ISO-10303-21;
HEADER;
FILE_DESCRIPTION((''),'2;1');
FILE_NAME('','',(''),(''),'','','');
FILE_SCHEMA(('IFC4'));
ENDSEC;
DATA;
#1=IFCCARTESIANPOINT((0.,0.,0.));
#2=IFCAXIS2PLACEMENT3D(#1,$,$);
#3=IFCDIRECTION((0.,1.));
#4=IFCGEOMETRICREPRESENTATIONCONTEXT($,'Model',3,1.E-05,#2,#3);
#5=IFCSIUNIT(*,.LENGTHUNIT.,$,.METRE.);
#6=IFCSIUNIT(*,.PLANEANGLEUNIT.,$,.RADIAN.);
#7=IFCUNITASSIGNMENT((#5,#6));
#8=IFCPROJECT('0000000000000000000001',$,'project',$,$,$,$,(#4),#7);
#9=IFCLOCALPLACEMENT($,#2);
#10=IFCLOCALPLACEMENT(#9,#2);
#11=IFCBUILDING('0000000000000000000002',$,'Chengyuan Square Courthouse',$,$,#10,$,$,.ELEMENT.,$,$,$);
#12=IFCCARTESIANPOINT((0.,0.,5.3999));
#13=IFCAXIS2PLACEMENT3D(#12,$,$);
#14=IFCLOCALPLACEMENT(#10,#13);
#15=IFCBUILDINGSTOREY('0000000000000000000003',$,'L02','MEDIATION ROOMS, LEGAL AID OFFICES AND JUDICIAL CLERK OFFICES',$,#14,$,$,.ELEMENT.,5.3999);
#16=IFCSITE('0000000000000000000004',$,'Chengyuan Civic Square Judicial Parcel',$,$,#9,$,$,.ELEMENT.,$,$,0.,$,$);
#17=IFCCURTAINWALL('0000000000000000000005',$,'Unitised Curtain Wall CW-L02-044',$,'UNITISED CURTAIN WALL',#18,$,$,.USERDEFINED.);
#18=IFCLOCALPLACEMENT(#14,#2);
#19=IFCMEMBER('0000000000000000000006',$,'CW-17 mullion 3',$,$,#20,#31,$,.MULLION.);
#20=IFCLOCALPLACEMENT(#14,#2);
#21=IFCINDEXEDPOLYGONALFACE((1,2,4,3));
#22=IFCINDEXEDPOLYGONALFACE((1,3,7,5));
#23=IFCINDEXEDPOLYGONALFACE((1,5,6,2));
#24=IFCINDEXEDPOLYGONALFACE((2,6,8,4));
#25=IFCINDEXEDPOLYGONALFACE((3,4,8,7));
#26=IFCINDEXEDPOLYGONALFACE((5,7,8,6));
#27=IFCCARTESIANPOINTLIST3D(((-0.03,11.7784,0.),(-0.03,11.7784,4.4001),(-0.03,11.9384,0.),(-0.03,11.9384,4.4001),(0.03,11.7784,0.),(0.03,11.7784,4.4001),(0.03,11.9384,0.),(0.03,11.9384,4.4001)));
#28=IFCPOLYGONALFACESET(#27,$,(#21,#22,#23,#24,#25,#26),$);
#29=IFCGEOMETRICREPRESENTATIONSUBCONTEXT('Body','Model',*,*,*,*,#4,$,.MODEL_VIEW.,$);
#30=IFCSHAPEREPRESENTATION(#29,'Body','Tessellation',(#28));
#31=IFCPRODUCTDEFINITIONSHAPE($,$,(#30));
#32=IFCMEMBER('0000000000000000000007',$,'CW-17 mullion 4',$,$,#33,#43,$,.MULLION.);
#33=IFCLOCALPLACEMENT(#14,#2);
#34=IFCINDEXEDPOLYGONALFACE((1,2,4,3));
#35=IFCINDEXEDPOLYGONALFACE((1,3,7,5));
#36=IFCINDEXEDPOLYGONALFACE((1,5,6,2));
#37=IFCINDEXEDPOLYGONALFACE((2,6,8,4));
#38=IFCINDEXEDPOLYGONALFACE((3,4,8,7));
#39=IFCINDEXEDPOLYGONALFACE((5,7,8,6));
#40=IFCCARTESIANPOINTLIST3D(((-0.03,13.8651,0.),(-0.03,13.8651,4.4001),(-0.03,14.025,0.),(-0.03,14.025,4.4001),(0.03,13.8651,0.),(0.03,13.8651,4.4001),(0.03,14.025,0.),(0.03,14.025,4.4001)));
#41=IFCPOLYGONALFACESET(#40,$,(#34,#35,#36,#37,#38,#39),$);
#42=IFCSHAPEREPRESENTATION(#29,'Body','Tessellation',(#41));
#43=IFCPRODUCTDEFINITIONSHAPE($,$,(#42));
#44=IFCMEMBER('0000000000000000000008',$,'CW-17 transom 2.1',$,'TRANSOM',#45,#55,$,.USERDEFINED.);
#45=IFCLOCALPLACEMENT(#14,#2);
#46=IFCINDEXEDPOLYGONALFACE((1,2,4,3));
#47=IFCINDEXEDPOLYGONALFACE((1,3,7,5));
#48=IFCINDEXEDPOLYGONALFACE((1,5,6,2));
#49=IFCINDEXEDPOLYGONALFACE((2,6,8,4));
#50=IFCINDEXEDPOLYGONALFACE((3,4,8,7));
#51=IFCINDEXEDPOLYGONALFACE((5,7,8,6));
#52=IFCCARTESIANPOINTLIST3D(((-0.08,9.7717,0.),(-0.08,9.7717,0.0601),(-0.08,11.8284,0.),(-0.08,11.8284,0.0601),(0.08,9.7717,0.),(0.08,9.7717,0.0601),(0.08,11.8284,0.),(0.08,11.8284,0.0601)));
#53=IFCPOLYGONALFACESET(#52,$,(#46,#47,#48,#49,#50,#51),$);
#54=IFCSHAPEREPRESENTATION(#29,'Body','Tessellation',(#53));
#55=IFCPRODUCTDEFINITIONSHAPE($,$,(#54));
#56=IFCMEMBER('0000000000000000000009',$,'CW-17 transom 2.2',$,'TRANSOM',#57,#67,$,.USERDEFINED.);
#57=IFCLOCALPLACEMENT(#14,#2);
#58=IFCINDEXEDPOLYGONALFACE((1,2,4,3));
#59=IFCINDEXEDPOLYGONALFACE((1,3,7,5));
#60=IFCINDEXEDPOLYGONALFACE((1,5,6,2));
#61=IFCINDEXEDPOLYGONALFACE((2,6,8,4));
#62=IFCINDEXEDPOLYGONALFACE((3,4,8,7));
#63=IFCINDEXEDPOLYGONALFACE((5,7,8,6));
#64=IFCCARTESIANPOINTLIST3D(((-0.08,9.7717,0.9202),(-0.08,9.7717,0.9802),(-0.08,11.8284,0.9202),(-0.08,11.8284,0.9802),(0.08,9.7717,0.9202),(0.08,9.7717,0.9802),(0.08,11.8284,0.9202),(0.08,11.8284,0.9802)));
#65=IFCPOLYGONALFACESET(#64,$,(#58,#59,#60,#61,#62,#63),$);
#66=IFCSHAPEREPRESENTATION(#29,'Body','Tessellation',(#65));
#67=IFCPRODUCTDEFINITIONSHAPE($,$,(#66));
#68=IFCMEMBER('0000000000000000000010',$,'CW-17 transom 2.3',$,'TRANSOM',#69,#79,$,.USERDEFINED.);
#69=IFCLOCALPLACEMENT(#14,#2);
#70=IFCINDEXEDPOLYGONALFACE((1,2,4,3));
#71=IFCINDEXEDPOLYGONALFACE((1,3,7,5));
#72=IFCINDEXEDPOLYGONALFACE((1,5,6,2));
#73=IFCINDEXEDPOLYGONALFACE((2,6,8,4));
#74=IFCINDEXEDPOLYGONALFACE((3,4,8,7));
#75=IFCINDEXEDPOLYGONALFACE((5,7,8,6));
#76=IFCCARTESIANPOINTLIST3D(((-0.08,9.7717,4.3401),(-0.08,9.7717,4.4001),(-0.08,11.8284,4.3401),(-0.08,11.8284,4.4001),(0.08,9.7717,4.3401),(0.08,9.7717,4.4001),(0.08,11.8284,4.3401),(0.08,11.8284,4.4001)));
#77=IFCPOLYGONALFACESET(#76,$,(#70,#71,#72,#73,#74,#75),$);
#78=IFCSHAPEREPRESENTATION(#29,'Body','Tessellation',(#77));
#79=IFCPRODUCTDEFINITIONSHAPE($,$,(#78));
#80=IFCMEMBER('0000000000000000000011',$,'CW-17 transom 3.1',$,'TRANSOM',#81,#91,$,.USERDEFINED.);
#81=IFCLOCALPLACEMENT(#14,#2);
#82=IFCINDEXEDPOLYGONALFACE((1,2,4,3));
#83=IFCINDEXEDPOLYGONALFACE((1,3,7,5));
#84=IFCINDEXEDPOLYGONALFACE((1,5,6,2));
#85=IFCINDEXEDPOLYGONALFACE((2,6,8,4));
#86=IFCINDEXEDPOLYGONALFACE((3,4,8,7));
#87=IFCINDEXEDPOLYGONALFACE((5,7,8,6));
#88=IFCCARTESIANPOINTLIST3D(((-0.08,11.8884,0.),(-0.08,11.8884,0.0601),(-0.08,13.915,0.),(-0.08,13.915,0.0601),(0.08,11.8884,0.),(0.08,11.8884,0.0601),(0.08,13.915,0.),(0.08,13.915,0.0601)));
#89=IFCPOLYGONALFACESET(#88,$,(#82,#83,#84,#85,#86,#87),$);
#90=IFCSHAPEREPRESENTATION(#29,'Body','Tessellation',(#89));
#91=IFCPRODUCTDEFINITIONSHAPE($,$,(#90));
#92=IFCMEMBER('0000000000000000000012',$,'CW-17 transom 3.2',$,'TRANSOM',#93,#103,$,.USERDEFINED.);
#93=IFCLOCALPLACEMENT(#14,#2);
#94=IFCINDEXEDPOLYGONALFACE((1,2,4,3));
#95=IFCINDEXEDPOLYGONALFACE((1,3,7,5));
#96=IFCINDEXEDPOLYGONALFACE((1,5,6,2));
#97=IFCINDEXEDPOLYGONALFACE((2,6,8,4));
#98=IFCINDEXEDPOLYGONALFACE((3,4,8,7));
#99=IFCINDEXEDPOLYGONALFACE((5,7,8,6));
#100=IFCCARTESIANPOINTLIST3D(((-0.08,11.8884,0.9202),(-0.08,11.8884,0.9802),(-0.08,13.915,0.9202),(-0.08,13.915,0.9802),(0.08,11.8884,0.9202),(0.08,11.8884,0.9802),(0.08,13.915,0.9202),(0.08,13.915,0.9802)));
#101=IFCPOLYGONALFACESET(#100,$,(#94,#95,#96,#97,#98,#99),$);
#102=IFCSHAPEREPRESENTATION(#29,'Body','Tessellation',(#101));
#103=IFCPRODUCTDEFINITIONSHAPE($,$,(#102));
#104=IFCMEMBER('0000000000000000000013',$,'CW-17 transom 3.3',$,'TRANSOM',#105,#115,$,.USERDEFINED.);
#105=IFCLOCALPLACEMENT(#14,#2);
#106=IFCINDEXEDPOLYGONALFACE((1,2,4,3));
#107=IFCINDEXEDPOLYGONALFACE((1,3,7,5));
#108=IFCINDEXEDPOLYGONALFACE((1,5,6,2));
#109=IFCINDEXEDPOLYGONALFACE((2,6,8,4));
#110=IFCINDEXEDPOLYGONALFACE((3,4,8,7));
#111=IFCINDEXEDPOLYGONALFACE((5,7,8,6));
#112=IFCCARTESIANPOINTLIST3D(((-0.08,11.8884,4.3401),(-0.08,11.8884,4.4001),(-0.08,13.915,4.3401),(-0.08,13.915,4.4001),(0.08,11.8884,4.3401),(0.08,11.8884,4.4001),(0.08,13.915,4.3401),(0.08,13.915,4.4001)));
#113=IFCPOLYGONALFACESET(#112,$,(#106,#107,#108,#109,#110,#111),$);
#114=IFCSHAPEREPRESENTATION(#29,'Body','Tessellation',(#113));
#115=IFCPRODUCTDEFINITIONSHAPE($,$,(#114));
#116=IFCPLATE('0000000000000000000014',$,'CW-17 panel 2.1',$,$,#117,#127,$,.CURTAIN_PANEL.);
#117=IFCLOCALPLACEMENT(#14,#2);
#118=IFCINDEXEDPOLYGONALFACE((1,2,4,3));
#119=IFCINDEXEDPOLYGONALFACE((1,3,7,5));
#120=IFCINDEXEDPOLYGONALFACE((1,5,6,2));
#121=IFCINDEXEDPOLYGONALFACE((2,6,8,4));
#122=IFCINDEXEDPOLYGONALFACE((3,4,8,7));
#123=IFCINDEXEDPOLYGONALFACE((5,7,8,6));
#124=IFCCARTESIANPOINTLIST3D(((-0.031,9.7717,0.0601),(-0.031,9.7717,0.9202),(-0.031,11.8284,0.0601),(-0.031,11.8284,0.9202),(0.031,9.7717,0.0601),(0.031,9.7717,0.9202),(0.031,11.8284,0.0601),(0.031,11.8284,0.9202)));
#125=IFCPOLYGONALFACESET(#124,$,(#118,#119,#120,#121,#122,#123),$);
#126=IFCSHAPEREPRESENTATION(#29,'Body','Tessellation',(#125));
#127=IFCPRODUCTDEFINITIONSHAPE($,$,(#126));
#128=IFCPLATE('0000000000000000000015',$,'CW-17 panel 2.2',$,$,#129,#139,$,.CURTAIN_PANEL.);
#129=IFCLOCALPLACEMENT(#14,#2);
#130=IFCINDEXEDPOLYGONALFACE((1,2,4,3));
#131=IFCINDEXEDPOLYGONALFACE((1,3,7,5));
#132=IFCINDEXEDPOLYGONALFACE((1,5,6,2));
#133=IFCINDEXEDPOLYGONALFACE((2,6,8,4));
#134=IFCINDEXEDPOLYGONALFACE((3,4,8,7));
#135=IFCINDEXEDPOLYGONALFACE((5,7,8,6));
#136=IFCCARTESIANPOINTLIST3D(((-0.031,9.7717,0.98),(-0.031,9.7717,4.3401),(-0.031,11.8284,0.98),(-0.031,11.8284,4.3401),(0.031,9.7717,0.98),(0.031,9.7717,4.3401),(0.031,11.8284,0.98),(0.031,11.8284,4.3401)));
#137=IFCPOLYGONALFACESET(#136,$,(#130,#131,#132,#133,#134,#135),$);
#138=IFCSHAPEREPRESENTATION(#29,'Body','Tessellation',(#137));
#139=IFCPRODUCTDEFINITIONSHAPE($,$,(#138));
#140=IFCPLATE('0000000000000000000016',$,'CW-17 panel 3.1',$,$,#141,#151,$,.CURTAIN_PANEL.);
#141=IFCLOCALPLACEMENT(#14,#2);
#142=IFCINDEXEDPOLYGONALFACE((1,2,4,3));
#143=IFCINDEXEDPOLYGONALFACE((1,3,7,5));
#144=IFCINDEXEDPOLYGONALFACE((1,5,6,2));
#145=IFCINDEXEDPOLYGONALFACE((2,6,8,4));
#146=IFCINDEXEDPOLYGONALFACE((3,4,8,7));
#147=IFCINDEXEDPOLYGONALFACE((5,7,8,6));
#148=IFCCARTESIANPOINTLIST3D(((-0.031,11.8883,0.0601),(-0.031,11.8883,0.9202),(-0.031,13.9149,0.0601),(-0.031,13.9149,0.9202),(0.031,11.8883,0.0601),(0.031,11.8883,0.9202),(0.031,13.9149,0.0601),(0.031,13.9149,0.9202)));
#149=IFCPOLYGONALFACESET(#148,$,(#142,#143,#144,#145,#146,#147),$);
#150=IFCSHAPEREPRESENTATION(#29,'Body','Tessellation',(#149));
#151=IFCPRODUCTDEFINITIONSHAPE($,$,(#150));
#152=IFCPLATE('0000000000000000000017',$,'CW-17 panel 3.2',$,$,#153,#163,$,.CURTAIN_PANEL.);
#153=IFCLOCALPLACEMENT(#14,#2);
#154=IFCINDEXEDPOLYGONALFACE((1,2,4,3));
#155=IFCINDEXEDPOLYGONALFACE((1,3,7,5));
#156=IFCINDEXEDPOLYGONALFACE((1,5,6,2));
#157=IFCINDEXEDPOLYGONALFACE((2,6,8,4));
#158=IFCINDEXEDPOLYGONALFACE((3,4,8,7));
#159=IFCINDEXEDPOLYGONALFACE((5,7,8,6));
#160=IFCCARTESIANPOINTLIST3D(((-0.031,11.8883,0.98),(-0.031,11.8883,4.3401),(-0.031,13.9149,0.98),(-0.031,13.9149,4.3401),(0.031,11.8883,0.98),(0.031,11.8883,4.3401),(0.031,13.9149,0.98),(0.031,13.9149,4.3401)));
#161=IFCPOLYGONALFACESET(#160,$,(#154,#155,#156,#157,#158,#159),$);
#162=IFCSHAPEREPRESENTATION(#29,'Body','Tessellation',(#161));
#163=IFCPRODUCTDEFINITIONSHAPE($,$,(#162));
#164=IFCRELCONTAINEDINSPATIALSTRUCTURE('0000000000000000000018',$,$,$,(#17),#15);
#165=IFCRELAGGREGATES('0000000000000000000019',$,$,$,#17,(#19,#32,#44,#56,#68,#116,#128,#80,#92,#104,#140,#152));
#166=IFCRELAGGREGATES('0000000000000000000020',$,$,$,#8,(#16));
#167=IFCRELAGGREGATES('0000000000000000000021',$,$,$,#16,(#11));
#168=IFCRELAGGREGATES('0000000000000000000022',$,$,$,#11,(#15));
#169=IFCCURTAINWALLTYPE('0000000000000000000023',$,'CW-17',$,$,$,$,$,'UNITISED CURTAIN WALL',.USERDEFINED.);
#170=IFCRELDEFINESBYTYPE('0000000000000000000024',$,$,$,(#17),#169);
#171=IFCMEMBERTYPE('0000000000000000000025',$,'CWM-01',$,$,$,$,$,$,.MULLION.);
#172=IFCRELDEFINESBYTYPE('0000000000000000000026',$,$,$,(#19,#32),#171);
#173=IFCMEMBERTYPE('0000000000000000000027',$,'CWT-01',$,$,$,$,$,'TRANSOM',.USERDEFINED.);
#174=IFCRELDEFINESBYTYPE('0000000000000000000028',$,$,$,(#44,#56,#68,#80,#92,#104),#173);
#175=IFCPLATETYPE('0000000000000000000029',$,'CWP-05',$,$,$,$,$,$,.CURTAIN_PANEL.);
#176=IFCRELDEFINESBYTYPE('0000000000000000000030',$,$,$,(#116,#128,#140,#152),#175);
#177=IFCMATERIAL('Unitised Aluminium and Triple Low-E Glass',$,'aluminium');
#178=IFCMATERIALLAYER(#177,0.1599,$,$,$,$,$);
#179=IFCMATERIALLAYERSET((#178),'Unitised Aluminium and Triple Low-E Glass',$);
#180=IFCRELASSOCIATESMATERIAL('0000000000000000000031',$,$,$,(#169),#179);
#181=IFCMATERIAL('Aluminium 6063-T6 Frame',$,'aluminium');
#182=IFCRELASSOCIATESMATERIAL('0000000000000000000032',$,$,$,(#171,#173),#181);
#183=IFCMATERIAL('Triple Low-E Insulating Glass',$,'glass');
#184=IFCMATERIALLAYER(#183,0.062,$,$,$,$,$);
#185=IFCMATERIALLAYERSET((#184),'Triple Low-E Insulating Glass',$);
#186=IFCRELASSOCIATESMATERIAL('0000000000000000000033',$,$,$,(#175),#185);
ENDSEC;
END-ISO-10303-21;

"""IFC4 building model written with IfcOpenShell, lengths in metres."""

from ifc_helpers import new_model, si_unit, direction, frame, origin, origin_2d, place, context, subcontext, project, spatial, rectangle, extrude, material, layer, layer_set, material_profile, profile_set, type_object, element, aggregate, save


model = new_model("IFC4")

# Units and contexts
model_context = context("Model", 3, precision=1e-05, world=origin(), true_north=direction((0.0, 1.0)))
body_context = subcontext(model_context, "Body", "Model", "MODEL_VIEW")
ifc_project = project(units=[si_unit("LENGTHUNIT", "METRE"), si_unit("PLANEANGLEUNIT", "RADIAN")], contexts=[model_context])

# Site, building, storey
site_placement = place(None, origin())
site = spatial("IfcSite", under=ifc_project, at=site_placement, Name="Chengyuan Civic Square Judicial Parcel", CompositionType="ELEMENT", RefElevation=0.0)
building_placement = place(site_placement, origin())
building = spatial("IfcBuilding", under=site, at=building_placement, Name="Chengyuan Square Courthouse", CompositionType="ELEMENT")
storey_placement = place(building_placement, frame((0.0, 0.0, 5.3999)))
storey = spatial("IfcBuildingStorey", under=building, at=storey_placement, Name="L02", Description="MEDIATION ROOMS, LEGAL AID OFFICES AND JUDICIAL CLERK OFFICES", CompositionType="ELEMENT", Elevation=5.3999)

# Curtain wall, members, plates
ifc_material_1 = material(Name="Unitised Aluminium and Triple Low-E Glass", Category="aluminium")
ifc_layer_1 = layer(ifc_material_1, 0.1599)
ifc_layer_set_1 = layer_set([ifc_layer_1], Name="Unitised Aluminium and Triple Low-E Glass")
curtain_wall_type = type_object("IfcCurtainWallType", Name="CW-17", ElementType="UNITISED CURTAIN WALL", PredefinedType="USERDEFINED", material=ifc_layer_set_1)
curtain_wall_placement = place(storey_placement, origin())
curtain_wall = element("IfcCurtainWall", 1, at=curtain_wall_placement, inside=storey, type_object=curtain_wall_type, Name="Unitised Curtain Wall CW-L02-044", ObjectType="UNITISED CURTAIN WALL", PredefinedType="USERDEFINED")
ifc_material_2 = material(Name="Aluminium 6063-T6 Frame", Category="aluminium")
ifc_material_profile_1 = material_profile(ifc_material_2, rectangle(XDim=0.0601, YDim=0.1599, at=origin_2d()), Name="CW-MUL-60x160")
ifc_profile_set_1 = profile_set([ifc_material_profile_1], Name="Aluminium 6063-T6 Frame")
member_type_1 = type_object("IfcMemberType", Name="CWM-01", PredefinedType="MULLION", material=ifc_profile_set_1)
member_1_placement = place(storey_placement, frame((0.0, 11.8584, 0.0), z_axis=(0.0, 0.0, 1.0), x_axis=(-1.0, 0.0, 0.0)))
member_1 = element("IfcMember", 2, at=member_1_placement, type_object=member_type_1, Name="CW-17 mullion 3", PredefinedType="MULLION", context=body_context, shape_type="SweptSolid", body=[
    extrude(rectangle(XDim=0.0601, YDim=0.1599, at=origin_2d()), origin(), (0.0, 0.0, 1.0), 4.4001),
])
member_2_placement = place(storey_placement, frame((0.0, 13.9451, 0.0), z_axis=(0.0, 0.0, 1.0), x_axis=(-1.0, 0.0, 0.0)))
member_2 = element("IfcMember", 3, at=member_2_placement, type_object=member_type_1, Name="CW-17 mullion 4", PredefinedType="MULLION", context=body_context, shape_type="SweptSolid", body=[
    extrude(rectangle(XDim=0.0601, YDim=0.1599, at=origin_2d()), origin(), (0.0, 0.0, 1.0), 4.4001),
])
ifc_material_profile_2 = material_profile(ifc_material_2, rectangle(XDim=0.1599, YDim=0.0601, at=origin_2d()), Name="CW-TRN-60x120")
ifc_profile_set_2 = profile_set([ifc_material_profile_2], Name="Aluminium 6063-T6 Frame")
member_type_2 = type_object("IfcMemberType", Name="CWT-01", ElementType="TRANSOM", PredefinedType="USERDEFINED", material=ifc_profile_set_2)
member_3_placement = place(storey_placement, frame((0.0, 9.7717, 0.03), z_axis=(0.0, 1.0, 0.0), x_axis=(-1.0, 0.0, 0.0)))
member_3 = element("IfcMember", 4, at=member_3_placement, type_object=member_type_2, Name="CW-17 transom 2.1", ObjectType="TRANSOM", PredefinedType="USERDEFINED", context=body_context, shape_type="SweptSolid", body=[
    extrude(rectangle(XDim=0.1599, YDim=0.0601, at=origin_2d()), origin(), (0.0, 0.0, 1.0), 2.0566),
])
member_4_placement = place(storey_placement, frame((0.0, 9.7717, 0.9502), z_axis=(0.0, 1.0, 0.0), x_axis=(-1.0, 0.0, 0.0)))
member_4 = element("IfcMember", 5, at=member_4_placement, type_object=member_type_2, Name="CW-17 transom 2.2", ObjectType="TRANSOM", PredefinedType="USERDEFINED", context=body_context, shape_type="SweptSolid", body=[
    extrude(rectangle(XDim=0.1599, YDim=0.0601, at=origin_2d()), origin(), (0.0, 0.0, 1.0), 2.0566),
])
member_5_placement = place(storey_placement, frame((0.0, 9.7717, 4.3701), z_axis=(0.0, 1.0, 0.0), x_axis=(-1.0, 0.0, 0.0)))
member_5 = element("IfcMember", 6, at=member_5_placement, type_object=member_type_2, Name="CW-17 transom 2.3", ObjectType="TRANSOM", PredefinedType="USERDEFINED", context=body_context, shape_type="SweptSolid", body=[
    extrude(rectangle(XDim=0.1599, YDim=0.0601, at=origin_2d()), origin(), (0.0, 0.0, 1.0), 2.0566),
])
member_6_placement = place(storey_placement, frame((0.0, 11.8884, 0.03), z_axis=(0.0, 1.0, 0.0), x_axis=(-1.0, 0.0, 0.0)))
member_6 = element("IfcMember", 7, at=member_6_placement, type_object=member_type_2, Name="CW-17 transom 3.1", ObjectType="TRANSOM", PredefinedType="USERDEFINED", context=body_context, shape_type="SweptSolid", body=[
    extrude(rectangle(XDim=0.1599, YDim=0.0601, at=origin_2d()), origin(), (0.0, 0.0, 1.0), 2.0266),
])
member_7_placement = place(storey_placement, frame((0.0, 11.8884, 0.9502), z_axis=(0.0, 1.0, 0.0), x_axis=(-1.0, 0.0, 0.0)))
member_7 = element("IfcMember", 8, at=member_7_placement, type_object=member_type_2, Name="CW-17 transom 3.2", ObjectType="TRANSOM", PredefinedType="USERDEFINED", context=body_context, shape_type="SweptSolid", body=[
    extrude(rectangle(XDim=0.1599, YDim=0.0601, at=origin_2d()), origin(), (0.0, 0.0, 1.0), 2.0266),
])
member_8_placement = place(storey_placement, frame((0.0, 11.8884, 4.3701), z_axis=(0.0, 1.0, 0.0), x_axis=(-1.0, 0.0, 0.0)))
member_8 = element("IfcMember", 9, at=member_8_placement, type_object=member_type_2, Name="CW-17 transom 3.3", ObjectType="TRANSOM", PredefinedType="USERDEFINED", context=body_context, shape_type="SweptSolid", body=[
    extrude(rectangle(XDim=0.1599, YDim=0.0601, at=origin_2d()), origin(), (0.0, 0.0, 1.0), 2.0266),
])
ifc_material_3 = material(Name="Triple Low-E Insulating Glass", Category="glass")
ifc_layer_2 = layer(ifc_material_3, 0.062)
ifc_layer_set_2 = layer_set([ifc_layer_2], Name="Triple Low-E Insulating Glass")
plate_type = type_object("IfcPlateType", Name="CWP-05", PredefinedType="CURTAIN_PANEL", material=ifc_layer_set_2)
plate_1_placement = place(storey_placement, frame((0.0, 10.8, 0.0601), z_axis=(0.0, 0.0, 1.0), x_axis=(0.0, 1.0, 0.0)))
plate_1 = element("IfcPlate", 10, at=plate_1_placement, type_object=plate_type, Name="CW-17 panel 2.1", PredefinedType="CURTAIN_PANEL", context=body_context, shape_type="SweptSolid", body=[
    extrude(rectangle(XDim=2.0566, YDim=0.062, at=origin_2d()), origin(), (0.0, 0.0, 1.0), 0.8601),
])
plate_2_placement = place(storey_placement, frame((0.0, 10.8, 0.98), z_axis=(0.0, 0.0, 1.0), x_axis=(0.0, 1.0, 0.0)))
plate_2 = element("IfcPlate", 11, at=plate_2_placement, type_object=plate_type, Name="CW-17 panel 2.2", PredefinedType="CURTAIN_PANEL", context=body_context, shape_type="SweptSolid", body=[
    extrude(rectangle(XDim=2.0566, YDim=0.062, at=origin_2d()), origin(), (0.0, 0.0, 1.0), 3.3601),
])
plate_3_placement = place(storey_placement, frame((0.0, 12.9016, 0.0601), z_axis=(0.0, 0.0, 1.0), x_axis=(0.0, 1.0, 0.0)))
plate_3 = element("IfcPlate", 12, at=plate_3_placement, type_object=plate_type, Name="CW-17 panel 3.1", PredefinedType="CURTAIN_PANEL", context=body_context, shape_type="SweptSolid", body=[
    extrude(rectangle(XDim=2.0266, YDim=0.062, at=origin_2d()), origin(), (0.0, 0.0, 1.0), 0.8601),
])
plate_4_placement = place(storey_placement, frame((0.0, 12.9016, 0.98), z_axis=(0.0, 0.0, 1.0), x_axis=(0.0, 1.0, 0.0)))
plate_4 = element("IfcPlate", 13, at=plate_4_placement, type_object=plate_type, Name="CW-17 panel 3.2", PredefinedType="CURTAIN_PANEL", context=body_context, shape_type="SweptSolid", body=[
    extrude(rectangle(XDim=2.0266, YDim=0.062, at=origin_2d()), origin(), (0.0, 0.0, 1.0), 3.3601),
])
aggregate(curtain_wall, [member_1, member_2, member_3, member_4, member_5, plate_1, plate_2, member_6, member_7, member_8, plate_3, plate_4])

save(model, "model.ifc")
